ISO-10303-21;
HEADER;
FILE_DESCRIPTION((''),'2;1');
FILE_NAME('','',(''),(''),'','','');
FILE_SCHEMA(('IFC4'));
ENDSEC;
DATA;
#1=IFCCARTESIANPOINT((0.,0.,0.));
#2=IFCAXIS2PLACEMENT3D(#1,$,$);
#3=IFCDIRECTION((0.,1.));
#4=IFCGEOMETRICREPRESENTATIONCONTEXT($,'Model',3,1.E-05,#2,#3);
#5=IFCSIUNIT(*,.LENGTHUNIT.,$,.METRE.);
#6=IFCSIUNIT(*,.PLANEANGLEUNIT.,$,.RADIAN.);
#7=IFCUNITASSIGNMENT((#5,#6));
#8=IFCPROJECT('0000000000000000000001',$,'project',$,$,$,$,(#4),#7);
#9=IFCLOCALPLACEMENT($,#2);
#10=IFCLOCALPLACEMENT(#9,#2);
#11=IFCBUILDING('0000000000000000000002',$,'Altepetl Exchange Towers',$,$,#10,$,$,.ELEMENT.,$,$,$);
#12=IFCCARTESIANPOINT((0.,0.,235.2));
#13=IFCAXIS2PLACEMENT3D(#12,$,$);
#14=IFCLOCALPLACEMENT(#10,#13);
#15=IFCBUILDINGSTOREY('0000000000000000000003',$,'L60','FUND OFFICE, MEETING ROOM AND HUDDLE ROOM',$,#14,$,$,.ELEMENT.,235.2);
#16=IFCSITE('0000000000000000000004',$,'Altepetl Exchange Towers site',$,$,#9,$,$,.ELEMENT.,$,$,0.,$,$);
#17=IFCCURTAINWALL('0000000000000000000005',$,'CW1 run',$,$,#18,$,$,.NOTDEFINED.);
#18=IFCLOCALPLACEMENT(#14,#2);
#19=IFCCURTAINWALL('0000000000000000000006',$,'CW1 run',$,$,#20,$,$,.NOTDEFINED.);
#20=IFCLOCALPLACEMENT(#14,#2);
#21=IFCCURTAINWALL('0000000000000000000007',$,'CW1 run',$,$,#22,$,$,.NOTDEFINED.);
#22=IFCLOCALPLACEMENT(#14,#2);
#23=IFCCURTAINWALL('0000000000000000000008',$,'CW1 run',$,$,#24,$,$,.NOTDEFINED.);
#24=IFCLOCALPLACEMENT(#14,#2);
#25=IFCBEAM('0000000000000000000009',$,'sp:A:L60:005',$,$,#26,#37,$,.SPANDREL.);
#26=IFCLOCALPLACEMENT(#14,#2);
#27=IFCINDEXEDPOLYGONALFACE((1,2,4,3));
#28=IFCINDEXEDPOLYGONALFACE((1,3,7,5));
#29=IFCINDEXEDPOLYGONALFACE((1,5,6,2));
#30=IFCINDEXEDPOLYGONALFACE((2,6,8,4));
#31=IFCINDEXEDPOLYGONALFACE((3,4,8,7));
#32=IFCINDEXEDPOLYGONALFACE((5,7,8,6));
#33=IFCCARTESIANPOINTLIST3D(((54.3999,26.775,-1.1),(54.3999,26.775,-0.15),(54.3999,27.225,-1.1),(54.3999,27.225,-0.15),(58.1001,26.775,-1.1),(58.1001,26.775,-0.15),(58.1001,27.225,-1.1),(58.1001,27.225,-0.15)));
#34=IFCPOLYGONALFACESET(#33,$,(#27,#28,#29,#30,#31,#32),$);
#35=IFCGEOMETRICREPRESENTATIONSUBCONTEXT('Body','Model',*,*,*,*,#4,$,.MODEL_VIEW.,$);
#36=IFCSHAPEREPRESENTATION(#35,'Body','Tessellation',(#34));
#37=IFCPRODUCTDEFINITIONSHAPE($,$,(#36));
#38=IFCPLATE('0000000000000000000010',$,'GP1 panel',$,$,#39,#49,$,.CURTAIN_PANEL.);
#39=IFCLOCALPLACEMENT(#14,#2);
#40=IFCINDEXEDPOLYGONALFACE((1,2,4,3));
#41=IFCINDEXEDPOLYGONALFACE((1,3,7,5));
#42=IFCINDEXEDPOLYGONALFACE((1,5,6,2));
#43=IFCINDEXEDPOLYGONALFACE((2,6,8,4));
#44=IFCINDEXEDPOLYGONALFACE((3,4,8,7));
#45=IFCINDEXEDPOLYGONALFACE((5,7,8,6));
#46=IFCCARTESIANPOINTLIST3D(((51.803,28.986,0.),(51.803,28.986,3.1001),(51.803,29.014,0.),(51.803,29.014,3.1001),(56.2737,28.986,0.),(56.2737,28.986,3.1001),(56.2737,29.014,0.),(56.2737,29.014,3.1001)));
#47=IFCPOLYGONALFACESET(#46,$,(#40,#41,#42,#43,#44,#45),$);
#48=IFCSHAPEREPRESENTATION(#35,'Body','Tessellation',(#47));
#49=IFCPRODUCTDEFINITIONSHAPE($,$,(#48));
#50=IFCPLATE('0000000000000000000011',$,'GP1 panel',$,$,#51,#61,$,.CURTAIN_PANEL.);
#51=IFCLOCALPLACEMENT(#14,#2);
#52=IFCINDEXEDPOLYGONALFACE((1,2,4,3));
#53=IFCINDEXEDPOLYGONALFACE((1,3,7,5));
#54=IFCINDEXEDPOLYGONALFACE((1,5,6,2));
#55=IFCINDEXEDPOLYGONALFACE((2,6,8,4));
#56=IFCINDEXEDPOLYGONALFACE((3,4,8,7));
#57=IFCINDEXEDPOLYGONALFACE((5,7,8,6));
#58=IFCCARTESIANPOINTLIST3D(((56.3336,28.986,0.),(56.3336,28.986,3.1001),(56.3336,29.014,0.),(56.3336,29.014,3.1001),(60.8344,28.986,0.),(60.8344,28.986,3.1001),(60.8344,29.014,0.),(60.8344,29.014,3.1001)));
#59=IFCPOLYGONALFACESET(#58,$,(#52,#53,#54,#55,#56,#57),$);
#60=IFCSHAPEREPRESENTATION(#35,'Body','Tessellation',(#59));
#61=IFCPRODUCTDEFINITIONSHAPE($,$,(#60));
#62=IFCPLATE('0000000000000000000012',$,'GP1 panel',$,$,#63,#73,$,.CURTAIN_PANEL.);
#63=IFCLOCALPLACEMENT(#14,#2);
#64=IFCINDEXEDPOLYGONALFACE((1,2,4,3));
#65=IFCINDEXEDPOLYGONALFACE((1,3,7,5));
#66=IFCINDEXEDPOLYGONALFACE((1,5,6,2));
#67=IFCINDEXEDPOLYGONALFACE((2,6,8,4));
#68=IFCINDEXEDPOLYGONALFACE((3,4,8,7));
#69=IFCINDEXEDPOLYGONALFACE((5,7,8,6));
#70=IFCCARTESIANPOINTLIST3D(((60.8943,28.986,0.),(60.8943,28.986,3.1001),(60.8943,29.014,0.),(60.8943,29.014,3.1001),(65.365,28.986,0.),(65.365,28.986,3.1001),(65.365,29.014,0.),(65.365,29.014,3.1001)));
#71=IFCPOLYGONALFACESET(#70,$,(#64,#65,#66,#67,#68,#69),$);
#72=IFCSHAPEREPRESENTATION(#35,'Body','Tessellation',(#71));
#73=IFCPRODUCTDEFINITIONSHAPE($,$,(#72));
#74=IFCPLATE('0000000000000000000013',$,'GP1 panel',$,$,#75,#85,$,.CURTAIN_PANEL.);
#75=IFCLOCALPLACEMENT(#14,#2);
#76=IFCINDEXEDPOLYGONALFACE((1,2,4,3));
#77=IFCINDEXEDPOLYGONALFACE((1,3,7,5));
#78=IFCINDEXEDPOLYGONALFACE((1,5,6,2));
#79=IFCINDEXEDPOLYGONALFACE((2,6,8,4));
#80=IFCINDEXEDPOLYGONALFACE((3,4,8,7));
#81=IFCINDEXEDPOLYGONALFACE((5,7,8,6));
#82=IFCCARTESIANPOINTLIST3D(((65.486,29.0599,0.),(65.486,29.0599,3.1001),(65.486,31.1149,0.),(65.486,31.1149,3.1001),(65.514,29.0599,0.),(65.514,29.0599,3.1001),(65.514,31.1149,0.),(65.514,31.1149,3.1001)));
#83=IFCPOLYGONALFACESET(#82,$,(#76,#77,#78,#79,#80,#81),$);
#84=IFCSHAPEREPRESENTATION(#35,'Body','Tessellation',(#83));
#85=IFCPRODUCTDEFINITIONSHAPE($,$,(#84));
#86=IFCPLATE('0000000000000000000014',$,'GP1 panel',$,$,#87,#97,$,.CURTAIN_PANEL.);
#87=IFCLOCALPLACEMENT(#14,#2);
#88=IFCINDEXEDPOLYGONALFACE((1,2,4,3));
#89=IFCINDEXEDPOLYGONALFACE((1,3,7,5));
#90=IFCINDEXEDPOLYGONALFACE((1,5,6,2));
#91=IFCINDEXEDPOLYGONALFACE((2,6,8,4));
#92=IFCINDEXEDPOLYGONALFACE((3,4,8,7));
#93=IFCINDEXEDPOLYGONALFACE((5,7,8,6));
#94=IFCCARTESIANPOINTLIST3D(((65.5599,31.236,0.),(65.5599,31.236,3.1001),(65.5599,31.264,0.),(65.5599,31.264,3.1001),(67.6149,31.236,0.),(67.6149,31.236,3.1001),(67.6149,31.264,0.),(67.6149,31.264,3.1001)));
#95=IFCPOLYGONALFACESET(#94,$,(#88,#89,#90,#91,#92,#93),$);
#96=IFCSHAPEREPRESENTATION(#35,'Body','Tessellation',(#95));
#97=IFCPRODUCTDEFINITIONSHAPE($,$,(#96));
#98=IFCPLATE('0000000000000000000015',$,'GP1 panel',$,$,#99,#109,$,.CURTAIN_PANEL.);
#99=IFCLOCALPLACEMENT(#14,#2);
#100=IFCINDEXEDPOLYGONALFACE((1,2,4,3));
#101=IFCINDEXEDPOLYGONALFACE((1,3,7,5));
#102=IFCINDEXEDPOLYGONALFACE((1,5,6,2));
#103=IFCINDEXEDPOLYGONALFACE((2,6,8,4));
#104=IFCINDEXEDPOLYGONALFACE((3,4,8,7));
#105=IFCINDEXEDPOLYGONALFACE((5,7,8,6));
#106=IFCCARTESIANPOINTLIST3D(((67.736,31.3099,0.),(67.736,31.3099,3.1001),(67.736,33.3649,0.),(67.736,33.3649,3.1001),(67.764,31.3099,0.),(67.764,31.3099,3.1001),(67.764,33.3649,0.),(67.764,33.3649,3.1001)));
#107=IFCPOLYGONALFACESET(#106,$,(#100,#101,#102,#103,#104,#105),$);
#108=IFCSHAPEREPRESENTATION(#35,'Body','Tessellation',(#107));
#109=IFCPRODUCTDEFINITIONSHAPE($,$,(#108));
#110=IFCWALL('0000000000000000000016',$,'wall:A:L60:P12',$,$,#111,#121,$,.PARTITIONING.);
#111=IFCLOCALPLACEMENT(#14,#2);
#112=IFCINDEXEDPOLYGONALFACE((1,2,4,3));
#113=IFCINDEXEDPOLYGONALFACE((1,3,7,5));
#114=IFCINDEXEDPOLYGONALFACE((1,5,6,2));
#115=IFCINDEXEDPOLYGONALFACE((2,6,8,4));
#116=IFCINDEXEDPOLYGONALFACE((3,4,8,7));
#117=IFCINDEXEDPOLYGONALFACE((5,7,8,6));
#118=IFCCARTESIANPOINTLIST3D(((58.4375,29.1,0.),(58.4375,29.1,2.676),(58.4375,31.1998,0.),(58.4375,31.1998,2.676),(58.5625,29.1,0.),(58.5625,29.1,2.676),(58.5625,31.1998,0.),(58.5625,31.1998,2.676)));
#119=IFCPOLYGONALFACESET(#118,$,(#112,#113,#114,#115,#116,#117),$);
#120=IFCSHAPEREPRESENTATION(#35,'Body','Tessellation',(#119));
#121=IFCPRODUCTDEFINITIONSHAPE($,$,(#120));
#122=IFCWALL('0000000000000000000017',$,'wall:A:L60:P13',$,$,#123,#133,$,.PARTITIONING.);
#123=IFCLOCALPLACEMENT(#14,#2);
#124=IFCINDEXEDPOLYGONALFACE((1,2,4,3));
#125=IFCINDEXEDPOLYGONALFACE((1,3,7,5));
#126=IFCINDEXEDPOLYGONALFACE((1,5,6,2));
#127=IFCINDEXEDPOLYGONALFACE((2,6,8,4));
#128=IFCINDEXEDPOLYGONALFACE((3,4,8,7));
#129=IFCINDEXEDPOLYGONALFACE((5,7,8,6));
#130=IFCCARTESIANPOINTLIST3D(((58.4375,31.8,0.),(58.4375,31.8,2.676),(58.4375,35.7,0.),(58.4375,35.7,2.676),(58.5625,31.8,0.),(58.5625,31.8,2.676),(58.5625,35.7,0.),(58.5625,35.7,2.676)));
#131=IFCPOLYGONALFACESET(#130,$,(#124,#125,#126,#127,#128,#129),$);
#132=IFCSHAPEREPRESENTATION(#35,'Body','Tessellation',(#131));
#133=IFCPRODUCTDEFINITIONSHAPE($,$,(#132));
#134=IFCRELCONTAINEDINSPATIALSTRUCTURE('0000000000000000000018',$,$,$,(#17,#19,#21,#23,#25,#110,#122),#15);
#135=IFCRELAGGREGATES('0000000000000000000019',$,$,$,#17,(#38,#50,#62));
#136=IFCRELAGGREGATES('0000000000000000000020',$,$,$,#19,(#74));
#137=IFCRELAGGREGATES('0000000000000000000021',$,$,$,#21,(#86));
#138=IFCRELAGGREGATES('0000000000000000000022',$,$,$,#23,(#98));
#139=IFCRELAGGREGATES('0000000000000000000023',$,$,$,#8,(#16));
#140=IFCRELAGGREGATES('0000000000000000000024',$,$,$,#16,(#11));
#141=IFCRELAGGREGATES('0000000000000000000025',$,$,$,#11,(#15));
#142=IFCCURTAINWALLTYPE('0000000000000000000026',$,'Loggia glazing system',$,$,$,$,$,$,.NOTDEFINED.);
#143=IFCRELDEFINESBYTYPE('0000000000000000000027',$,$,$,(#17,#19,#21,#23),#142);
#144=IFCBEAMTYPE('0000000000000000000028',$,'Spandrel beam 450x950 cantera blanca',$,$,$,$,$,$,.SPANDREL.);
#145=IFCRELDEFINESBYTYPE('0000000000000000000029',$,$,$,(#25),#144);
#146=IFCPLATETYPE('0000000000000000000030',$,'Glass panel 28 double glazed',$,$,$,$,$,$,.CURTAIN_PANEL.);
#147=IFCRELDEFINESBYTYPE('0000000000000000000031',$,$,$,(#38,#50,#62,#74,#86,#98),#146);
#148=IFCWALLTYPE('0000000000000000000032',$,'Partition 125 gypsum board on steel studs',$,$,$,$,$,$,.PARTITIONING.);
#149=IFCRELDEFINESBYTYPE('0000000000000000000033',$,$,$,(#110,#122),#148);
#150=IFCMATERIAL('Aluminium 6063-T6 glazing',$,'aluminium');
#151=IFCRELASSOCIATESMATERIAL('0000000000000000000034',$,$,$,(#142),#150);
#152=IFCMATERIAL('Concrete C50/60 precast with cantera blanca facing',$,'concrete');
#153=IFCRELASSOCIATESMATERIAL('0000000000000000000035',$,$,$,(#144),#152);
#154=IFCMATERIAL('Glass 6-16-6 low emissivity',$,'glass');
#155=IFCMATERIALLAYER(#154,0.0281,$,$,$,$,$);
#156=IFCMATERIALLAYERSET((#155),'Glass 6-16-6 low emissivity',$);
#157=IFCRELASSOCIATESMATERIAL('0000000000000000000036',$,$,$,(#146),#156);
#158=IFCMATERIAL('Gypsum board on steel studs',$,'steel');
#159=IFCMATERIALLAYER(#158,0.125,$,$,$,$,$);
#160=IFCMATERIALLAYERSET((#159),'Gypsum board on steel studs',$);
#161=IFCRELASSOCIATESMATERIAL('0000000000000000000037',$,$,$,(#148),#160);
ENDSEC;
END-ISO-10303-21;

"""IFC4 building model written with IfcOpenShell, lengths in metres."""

from ifc_helpers import new_model, si_unit, direction, frame, frame_2d, origin, origin_2d, place, context, subcontext, project, spatial, rectangle, extrude, material, layer, layer_set, material_profile, profile_set, type_object, element, aggregate, save


model = new_model("IFC4")

# Units and contexts
model_context = context("Model", 3, precision=1e-05, world=origin(), true_north=direction((0.0, 1.0)))
body_context = subcontext(model_context, "Body", "Model", "MODEL_VIEW")
ifc_project = project(units=[si_unit("LENGTHUNIT", "METRE"), si_unit("PLANEANGLEUNIT", "RADIAN")], contexts=[model_context])

# Site, building, storey
site_placement = place(None, origin())
site = spatial("IfcSite", under=ifc_project, at=site_placement, Name="Altepetl Exchange Towers site", CompositionType="ELEMENT", RefElevation=0.0)
building_placement = place(site_placement, origin())
building = spatial("IfcBuilding", under=site, at=building_placement, Name="Altepetl Exchange Towers", CompositionType="ELEMENT")
storey_placement = place(building_placement, frame((0.0, 0.0, 235.2)))
storey = spatial("IfcBuildingStorey", under=building, at=storey_placement, Name="L60", Description="FUND OFFICE, MEETING ROOM AND HUDDLE ROOM", CompositionType="ELEMENT", Elevation=235.2)

# Curtain walls
ifc_material_1 = material(Name="Aluminium 6063-T6 glazing", Category="aluminium")
curtain_wall_type = type_object("IfcCurtainWallType", Name="Loggia glazing system", PredefinedType="NOTDEFINED", material=ifc_material_1)
curtain_wall_1_placement = place(storey_placement, origin())
curtain_wall_1 = element("IfcCurtainWall", 1, at=curtain_wall_1_placement, inside=storey, type_object=curtain_wall_type, Name="CW1 run", PredefinedType="NOTDEFINED")
curtain_wall_2_placement = place(storey_placement, origin())
curtain_wall_2 = element("IfcCurtainWall", 2, at=curtain_wall_2_placement, inside=storey, type_object=curtain_wall_type, Name="CW1 run", PredefinedType="NOTDEFINED")
curtain_wall_3_placement = place(storey_placement, origin())
curtain_wall_3 = element("IfcCurtainWall", 3, at=curtain_wall_3_placement, inside=storey, type_object=curtain_wall_type, Name="CW1 run", PredefinedType="NOTDEFINED")

# Curtain wall
curtain_wall_4_placement = place(storey_placement, origin())
curtain_wall_4 = element("IfcCurtainWall", 4, at=curtain_wall_4_placement, inside=storey, type_object=curtain_wall_type, Name="CW1 run", PredefinedType="NOTDEFINED")

# Beam
ifc_material_2 = material(Name="Concrete C50/60 precast with cantera blanca facing", Category="concrete")
ifc_material_profile_1 = material_profile(ifc_material_2, rectangle(XDim=0.45, YDim=0.95, at=origin_2d()), Name="450 x 950")
ifc_profile_set_1 = profile_set([ifc_material_profile_1], Name="Concrete C50/60 precast with cantera blanca facing")
beam_type_1 = type_object("IfcBeamType", Name="Spandrel beam 450x950 cantera blanca", PredefinedType="SPANDREL", material=ifc_profile_set_1)
beam_1_placement = place(storey_placement, frame((54.3999, 27.0, -0.625), z_axis=(1.0, 0.0, 0.0), x_axis=(0.0, 1.0, 0.0)))
element("IfcBeam", 5, at=beam_1_placement, inside=storey, type_object=beam_type_1, Name="sp:A:L60:005", PredefinedType="SPANDREL", context=body_context, shape_type="SweptSolid", body=[
    extrude(rectangle(XDim=0.45, YDim=0.95, at=origin_2d()), origin(), (0.0, 0.0, 1.0), 3.7002),
])

# Plates
ifc_material_3 = material(Name="Glass 6-16-6 low emissivity", Category="glass")
ifc_layer_1 = layer(ifc_material_3, 0.0281)
ifc_layer_set_1 = layer_set([ifc_layer_1], Name="Glass 6-16-6 low emissivity")
plate_type = type_object("IfcPlateType", Name="Glass panel 28 double glazed", PredefinedType="CURTAIN_PANEL", material=ifc_layer_set_1)
plate_1_placement = place(storey_placement, frame((54.0383, 29.0, 0.0)))
plate_1 = element("IfcPlate", 6, at=plate_1_placement, type_object=plate_type, Name="GP1 panel", PredefinedType="CURTAIN_PANEL", context=body_context, shape_type="SweptSolid", body=[
    extrude(rectangle(XDim=4.4707, YDim=0.0281, at=origin_2d()), origin(), (0.0, 0.0, 1.0), 3.1001),
])
plate_2_placement = place(storey_placement, frame((58.584, 29.0, 0.0)))
plate_2 = element("IfcPlate", 7, at=plate_2_placement, type_object=plate_type, Name="GP1 panel", PredefinedType="CURTAIN_PANEL", context=body_context, shape_type="SweptSolid", body=[
    extrude(rectangle(XDim=4.5007, YDim=0.0281, at=origin_2d()), origin(), (0.0, 0.0, 1.0), 3.1001),
])
plate_3_placement = place(storey_placement, frame((63.1296, 29.0, 0.0)))
plate_3 = element("IfcPlate", 8, at=plate_3_placement, type_object=plate_type, Name="GP1 panel", PredefinedType="CURTAIN_PANEL", context=body_context, shape_type="SweptSolid", body=[
    extrude(rectangle(XDim=4.4707, YDim=0.0281, at=origin_2d()), origin(), (0.0, 0.0, 1.0), 3.1001),
])
aggregate(curtain_wall_1, [plate_1, plate_2, plate_3])
plate_4_placement = place(storey_placement, frame((65.5, 30.0874, 0.0), z_axis=(0.0, 0.0, 1.0), x_axis=(0.0, 1.0, 0.0)))
plate_4 = element("IfcPlate", 9, at=plate_4_placement, type_object=plate_type, Name="GP1 panel", PredefinedType="CURTAIN_PANEL", context=body_context, shape_type="SweptSolid", body=[
    extrude(rectangle(XDim=2.0549, YDim=0.0281, at=origin_2d()), origin(), (0.0, 0.0, 1.0), 3.1001),
])
aggregate(curtain_wall_2, [plate_4])
plate_5_placement = place(storey_placement, frame((66.5874, 31.25, 0.0)))
plate_5 = element("IfcPlate", 10, at=plate_5_placement, type_object=plate_type, Name="GP1 panel", PredefinedType="CURTAIN_PANEL", context=body_context, shape_type="SweptSolid", body=[
    extrude(rectangle(XDim=2.0549, YDim=0.0281, at=origin_2d()), origin(), (0.0, 0.0, 1.0), 3.1001),
])
aggregate(curtain_wall_3, [plate_5])
plate_6_placement = place(storey_placement, frame((67.75, 32.3374, 0.0), z_axis=(0.0, 0.0, 1.0), x_axis=(0.0, 1.0, 0.0)))
plate_6 = element("IfcPlate", 11, at=plate_6_placement, type_object=plate_type, Name="GP1 panel", PredefinedType="CURTAIN_PANEL", context=body_context, shape_type="SweptSolid", body=[
    extrude(rectangle(XDim=2.0549, YDim=0.0281, at=origin_2d()), origin(), (0.0, 0.0, 1.0), 3.1001),
])
aggregate(curtain_wall_4, [plate_6])

# Walls
ifc_material_4 = material(Name="Gypsum board on steel studs", Category="steel")
ifc_layer_2 = layer(ifc_material_4, 0.125)
ifc_layer_set_2 = layer_set([ifc_layer_2], Name="Gypsum board on steel studs")
wall_type = type_object("IfcWallType", Name="Partition 125 gypsum board on steel studs", PredefinedType="PARTITIONING", material=ifc_layer_set_2)
wall_1_placement = place(storey_placement, frame((58.5, 29.1001, 0.0), z_axis=(0.0, 0.0, 1.0), x_axis=(0.0, 1.0, 0.0)))
element("IfcWall", 12, at=wall_1_placement, inside=storey, type_object=wall_type, Name="wall:A:L60:P12", PredefinedType="PARTITIONING", context=body_context, shape_type="SweptSolid", body=[
    extrude(rectangle(XDim=2.0999, YDim=0.125, at=frame_2d((1.0498, 0.0))), origin(), (0.0, 0.0, 1.0), 2.676),
])
wall_2_placement = place(storey_placement, frame((58.5, 31.8, 0.0), z_axis=(0.0, 0.0, 1.0), x_axis=(0.0, 1.0, 0.0)))
element("IfcWall", 13, at=wall_2_placement, inside=storey, type_object=wall_type, Name="wall:A:L60:P13", PredefinedType="PARTITIONING", context=body_context, shape_type="SweptSolid", body=[
    extrude(rectangle(XDim=3.8999, YDim=0.125, at=frame_2d((1.95, 0.0))), origin(), (0.0, 0.0, 1.0), 2.676),
])

save(model, "model.ifc")
